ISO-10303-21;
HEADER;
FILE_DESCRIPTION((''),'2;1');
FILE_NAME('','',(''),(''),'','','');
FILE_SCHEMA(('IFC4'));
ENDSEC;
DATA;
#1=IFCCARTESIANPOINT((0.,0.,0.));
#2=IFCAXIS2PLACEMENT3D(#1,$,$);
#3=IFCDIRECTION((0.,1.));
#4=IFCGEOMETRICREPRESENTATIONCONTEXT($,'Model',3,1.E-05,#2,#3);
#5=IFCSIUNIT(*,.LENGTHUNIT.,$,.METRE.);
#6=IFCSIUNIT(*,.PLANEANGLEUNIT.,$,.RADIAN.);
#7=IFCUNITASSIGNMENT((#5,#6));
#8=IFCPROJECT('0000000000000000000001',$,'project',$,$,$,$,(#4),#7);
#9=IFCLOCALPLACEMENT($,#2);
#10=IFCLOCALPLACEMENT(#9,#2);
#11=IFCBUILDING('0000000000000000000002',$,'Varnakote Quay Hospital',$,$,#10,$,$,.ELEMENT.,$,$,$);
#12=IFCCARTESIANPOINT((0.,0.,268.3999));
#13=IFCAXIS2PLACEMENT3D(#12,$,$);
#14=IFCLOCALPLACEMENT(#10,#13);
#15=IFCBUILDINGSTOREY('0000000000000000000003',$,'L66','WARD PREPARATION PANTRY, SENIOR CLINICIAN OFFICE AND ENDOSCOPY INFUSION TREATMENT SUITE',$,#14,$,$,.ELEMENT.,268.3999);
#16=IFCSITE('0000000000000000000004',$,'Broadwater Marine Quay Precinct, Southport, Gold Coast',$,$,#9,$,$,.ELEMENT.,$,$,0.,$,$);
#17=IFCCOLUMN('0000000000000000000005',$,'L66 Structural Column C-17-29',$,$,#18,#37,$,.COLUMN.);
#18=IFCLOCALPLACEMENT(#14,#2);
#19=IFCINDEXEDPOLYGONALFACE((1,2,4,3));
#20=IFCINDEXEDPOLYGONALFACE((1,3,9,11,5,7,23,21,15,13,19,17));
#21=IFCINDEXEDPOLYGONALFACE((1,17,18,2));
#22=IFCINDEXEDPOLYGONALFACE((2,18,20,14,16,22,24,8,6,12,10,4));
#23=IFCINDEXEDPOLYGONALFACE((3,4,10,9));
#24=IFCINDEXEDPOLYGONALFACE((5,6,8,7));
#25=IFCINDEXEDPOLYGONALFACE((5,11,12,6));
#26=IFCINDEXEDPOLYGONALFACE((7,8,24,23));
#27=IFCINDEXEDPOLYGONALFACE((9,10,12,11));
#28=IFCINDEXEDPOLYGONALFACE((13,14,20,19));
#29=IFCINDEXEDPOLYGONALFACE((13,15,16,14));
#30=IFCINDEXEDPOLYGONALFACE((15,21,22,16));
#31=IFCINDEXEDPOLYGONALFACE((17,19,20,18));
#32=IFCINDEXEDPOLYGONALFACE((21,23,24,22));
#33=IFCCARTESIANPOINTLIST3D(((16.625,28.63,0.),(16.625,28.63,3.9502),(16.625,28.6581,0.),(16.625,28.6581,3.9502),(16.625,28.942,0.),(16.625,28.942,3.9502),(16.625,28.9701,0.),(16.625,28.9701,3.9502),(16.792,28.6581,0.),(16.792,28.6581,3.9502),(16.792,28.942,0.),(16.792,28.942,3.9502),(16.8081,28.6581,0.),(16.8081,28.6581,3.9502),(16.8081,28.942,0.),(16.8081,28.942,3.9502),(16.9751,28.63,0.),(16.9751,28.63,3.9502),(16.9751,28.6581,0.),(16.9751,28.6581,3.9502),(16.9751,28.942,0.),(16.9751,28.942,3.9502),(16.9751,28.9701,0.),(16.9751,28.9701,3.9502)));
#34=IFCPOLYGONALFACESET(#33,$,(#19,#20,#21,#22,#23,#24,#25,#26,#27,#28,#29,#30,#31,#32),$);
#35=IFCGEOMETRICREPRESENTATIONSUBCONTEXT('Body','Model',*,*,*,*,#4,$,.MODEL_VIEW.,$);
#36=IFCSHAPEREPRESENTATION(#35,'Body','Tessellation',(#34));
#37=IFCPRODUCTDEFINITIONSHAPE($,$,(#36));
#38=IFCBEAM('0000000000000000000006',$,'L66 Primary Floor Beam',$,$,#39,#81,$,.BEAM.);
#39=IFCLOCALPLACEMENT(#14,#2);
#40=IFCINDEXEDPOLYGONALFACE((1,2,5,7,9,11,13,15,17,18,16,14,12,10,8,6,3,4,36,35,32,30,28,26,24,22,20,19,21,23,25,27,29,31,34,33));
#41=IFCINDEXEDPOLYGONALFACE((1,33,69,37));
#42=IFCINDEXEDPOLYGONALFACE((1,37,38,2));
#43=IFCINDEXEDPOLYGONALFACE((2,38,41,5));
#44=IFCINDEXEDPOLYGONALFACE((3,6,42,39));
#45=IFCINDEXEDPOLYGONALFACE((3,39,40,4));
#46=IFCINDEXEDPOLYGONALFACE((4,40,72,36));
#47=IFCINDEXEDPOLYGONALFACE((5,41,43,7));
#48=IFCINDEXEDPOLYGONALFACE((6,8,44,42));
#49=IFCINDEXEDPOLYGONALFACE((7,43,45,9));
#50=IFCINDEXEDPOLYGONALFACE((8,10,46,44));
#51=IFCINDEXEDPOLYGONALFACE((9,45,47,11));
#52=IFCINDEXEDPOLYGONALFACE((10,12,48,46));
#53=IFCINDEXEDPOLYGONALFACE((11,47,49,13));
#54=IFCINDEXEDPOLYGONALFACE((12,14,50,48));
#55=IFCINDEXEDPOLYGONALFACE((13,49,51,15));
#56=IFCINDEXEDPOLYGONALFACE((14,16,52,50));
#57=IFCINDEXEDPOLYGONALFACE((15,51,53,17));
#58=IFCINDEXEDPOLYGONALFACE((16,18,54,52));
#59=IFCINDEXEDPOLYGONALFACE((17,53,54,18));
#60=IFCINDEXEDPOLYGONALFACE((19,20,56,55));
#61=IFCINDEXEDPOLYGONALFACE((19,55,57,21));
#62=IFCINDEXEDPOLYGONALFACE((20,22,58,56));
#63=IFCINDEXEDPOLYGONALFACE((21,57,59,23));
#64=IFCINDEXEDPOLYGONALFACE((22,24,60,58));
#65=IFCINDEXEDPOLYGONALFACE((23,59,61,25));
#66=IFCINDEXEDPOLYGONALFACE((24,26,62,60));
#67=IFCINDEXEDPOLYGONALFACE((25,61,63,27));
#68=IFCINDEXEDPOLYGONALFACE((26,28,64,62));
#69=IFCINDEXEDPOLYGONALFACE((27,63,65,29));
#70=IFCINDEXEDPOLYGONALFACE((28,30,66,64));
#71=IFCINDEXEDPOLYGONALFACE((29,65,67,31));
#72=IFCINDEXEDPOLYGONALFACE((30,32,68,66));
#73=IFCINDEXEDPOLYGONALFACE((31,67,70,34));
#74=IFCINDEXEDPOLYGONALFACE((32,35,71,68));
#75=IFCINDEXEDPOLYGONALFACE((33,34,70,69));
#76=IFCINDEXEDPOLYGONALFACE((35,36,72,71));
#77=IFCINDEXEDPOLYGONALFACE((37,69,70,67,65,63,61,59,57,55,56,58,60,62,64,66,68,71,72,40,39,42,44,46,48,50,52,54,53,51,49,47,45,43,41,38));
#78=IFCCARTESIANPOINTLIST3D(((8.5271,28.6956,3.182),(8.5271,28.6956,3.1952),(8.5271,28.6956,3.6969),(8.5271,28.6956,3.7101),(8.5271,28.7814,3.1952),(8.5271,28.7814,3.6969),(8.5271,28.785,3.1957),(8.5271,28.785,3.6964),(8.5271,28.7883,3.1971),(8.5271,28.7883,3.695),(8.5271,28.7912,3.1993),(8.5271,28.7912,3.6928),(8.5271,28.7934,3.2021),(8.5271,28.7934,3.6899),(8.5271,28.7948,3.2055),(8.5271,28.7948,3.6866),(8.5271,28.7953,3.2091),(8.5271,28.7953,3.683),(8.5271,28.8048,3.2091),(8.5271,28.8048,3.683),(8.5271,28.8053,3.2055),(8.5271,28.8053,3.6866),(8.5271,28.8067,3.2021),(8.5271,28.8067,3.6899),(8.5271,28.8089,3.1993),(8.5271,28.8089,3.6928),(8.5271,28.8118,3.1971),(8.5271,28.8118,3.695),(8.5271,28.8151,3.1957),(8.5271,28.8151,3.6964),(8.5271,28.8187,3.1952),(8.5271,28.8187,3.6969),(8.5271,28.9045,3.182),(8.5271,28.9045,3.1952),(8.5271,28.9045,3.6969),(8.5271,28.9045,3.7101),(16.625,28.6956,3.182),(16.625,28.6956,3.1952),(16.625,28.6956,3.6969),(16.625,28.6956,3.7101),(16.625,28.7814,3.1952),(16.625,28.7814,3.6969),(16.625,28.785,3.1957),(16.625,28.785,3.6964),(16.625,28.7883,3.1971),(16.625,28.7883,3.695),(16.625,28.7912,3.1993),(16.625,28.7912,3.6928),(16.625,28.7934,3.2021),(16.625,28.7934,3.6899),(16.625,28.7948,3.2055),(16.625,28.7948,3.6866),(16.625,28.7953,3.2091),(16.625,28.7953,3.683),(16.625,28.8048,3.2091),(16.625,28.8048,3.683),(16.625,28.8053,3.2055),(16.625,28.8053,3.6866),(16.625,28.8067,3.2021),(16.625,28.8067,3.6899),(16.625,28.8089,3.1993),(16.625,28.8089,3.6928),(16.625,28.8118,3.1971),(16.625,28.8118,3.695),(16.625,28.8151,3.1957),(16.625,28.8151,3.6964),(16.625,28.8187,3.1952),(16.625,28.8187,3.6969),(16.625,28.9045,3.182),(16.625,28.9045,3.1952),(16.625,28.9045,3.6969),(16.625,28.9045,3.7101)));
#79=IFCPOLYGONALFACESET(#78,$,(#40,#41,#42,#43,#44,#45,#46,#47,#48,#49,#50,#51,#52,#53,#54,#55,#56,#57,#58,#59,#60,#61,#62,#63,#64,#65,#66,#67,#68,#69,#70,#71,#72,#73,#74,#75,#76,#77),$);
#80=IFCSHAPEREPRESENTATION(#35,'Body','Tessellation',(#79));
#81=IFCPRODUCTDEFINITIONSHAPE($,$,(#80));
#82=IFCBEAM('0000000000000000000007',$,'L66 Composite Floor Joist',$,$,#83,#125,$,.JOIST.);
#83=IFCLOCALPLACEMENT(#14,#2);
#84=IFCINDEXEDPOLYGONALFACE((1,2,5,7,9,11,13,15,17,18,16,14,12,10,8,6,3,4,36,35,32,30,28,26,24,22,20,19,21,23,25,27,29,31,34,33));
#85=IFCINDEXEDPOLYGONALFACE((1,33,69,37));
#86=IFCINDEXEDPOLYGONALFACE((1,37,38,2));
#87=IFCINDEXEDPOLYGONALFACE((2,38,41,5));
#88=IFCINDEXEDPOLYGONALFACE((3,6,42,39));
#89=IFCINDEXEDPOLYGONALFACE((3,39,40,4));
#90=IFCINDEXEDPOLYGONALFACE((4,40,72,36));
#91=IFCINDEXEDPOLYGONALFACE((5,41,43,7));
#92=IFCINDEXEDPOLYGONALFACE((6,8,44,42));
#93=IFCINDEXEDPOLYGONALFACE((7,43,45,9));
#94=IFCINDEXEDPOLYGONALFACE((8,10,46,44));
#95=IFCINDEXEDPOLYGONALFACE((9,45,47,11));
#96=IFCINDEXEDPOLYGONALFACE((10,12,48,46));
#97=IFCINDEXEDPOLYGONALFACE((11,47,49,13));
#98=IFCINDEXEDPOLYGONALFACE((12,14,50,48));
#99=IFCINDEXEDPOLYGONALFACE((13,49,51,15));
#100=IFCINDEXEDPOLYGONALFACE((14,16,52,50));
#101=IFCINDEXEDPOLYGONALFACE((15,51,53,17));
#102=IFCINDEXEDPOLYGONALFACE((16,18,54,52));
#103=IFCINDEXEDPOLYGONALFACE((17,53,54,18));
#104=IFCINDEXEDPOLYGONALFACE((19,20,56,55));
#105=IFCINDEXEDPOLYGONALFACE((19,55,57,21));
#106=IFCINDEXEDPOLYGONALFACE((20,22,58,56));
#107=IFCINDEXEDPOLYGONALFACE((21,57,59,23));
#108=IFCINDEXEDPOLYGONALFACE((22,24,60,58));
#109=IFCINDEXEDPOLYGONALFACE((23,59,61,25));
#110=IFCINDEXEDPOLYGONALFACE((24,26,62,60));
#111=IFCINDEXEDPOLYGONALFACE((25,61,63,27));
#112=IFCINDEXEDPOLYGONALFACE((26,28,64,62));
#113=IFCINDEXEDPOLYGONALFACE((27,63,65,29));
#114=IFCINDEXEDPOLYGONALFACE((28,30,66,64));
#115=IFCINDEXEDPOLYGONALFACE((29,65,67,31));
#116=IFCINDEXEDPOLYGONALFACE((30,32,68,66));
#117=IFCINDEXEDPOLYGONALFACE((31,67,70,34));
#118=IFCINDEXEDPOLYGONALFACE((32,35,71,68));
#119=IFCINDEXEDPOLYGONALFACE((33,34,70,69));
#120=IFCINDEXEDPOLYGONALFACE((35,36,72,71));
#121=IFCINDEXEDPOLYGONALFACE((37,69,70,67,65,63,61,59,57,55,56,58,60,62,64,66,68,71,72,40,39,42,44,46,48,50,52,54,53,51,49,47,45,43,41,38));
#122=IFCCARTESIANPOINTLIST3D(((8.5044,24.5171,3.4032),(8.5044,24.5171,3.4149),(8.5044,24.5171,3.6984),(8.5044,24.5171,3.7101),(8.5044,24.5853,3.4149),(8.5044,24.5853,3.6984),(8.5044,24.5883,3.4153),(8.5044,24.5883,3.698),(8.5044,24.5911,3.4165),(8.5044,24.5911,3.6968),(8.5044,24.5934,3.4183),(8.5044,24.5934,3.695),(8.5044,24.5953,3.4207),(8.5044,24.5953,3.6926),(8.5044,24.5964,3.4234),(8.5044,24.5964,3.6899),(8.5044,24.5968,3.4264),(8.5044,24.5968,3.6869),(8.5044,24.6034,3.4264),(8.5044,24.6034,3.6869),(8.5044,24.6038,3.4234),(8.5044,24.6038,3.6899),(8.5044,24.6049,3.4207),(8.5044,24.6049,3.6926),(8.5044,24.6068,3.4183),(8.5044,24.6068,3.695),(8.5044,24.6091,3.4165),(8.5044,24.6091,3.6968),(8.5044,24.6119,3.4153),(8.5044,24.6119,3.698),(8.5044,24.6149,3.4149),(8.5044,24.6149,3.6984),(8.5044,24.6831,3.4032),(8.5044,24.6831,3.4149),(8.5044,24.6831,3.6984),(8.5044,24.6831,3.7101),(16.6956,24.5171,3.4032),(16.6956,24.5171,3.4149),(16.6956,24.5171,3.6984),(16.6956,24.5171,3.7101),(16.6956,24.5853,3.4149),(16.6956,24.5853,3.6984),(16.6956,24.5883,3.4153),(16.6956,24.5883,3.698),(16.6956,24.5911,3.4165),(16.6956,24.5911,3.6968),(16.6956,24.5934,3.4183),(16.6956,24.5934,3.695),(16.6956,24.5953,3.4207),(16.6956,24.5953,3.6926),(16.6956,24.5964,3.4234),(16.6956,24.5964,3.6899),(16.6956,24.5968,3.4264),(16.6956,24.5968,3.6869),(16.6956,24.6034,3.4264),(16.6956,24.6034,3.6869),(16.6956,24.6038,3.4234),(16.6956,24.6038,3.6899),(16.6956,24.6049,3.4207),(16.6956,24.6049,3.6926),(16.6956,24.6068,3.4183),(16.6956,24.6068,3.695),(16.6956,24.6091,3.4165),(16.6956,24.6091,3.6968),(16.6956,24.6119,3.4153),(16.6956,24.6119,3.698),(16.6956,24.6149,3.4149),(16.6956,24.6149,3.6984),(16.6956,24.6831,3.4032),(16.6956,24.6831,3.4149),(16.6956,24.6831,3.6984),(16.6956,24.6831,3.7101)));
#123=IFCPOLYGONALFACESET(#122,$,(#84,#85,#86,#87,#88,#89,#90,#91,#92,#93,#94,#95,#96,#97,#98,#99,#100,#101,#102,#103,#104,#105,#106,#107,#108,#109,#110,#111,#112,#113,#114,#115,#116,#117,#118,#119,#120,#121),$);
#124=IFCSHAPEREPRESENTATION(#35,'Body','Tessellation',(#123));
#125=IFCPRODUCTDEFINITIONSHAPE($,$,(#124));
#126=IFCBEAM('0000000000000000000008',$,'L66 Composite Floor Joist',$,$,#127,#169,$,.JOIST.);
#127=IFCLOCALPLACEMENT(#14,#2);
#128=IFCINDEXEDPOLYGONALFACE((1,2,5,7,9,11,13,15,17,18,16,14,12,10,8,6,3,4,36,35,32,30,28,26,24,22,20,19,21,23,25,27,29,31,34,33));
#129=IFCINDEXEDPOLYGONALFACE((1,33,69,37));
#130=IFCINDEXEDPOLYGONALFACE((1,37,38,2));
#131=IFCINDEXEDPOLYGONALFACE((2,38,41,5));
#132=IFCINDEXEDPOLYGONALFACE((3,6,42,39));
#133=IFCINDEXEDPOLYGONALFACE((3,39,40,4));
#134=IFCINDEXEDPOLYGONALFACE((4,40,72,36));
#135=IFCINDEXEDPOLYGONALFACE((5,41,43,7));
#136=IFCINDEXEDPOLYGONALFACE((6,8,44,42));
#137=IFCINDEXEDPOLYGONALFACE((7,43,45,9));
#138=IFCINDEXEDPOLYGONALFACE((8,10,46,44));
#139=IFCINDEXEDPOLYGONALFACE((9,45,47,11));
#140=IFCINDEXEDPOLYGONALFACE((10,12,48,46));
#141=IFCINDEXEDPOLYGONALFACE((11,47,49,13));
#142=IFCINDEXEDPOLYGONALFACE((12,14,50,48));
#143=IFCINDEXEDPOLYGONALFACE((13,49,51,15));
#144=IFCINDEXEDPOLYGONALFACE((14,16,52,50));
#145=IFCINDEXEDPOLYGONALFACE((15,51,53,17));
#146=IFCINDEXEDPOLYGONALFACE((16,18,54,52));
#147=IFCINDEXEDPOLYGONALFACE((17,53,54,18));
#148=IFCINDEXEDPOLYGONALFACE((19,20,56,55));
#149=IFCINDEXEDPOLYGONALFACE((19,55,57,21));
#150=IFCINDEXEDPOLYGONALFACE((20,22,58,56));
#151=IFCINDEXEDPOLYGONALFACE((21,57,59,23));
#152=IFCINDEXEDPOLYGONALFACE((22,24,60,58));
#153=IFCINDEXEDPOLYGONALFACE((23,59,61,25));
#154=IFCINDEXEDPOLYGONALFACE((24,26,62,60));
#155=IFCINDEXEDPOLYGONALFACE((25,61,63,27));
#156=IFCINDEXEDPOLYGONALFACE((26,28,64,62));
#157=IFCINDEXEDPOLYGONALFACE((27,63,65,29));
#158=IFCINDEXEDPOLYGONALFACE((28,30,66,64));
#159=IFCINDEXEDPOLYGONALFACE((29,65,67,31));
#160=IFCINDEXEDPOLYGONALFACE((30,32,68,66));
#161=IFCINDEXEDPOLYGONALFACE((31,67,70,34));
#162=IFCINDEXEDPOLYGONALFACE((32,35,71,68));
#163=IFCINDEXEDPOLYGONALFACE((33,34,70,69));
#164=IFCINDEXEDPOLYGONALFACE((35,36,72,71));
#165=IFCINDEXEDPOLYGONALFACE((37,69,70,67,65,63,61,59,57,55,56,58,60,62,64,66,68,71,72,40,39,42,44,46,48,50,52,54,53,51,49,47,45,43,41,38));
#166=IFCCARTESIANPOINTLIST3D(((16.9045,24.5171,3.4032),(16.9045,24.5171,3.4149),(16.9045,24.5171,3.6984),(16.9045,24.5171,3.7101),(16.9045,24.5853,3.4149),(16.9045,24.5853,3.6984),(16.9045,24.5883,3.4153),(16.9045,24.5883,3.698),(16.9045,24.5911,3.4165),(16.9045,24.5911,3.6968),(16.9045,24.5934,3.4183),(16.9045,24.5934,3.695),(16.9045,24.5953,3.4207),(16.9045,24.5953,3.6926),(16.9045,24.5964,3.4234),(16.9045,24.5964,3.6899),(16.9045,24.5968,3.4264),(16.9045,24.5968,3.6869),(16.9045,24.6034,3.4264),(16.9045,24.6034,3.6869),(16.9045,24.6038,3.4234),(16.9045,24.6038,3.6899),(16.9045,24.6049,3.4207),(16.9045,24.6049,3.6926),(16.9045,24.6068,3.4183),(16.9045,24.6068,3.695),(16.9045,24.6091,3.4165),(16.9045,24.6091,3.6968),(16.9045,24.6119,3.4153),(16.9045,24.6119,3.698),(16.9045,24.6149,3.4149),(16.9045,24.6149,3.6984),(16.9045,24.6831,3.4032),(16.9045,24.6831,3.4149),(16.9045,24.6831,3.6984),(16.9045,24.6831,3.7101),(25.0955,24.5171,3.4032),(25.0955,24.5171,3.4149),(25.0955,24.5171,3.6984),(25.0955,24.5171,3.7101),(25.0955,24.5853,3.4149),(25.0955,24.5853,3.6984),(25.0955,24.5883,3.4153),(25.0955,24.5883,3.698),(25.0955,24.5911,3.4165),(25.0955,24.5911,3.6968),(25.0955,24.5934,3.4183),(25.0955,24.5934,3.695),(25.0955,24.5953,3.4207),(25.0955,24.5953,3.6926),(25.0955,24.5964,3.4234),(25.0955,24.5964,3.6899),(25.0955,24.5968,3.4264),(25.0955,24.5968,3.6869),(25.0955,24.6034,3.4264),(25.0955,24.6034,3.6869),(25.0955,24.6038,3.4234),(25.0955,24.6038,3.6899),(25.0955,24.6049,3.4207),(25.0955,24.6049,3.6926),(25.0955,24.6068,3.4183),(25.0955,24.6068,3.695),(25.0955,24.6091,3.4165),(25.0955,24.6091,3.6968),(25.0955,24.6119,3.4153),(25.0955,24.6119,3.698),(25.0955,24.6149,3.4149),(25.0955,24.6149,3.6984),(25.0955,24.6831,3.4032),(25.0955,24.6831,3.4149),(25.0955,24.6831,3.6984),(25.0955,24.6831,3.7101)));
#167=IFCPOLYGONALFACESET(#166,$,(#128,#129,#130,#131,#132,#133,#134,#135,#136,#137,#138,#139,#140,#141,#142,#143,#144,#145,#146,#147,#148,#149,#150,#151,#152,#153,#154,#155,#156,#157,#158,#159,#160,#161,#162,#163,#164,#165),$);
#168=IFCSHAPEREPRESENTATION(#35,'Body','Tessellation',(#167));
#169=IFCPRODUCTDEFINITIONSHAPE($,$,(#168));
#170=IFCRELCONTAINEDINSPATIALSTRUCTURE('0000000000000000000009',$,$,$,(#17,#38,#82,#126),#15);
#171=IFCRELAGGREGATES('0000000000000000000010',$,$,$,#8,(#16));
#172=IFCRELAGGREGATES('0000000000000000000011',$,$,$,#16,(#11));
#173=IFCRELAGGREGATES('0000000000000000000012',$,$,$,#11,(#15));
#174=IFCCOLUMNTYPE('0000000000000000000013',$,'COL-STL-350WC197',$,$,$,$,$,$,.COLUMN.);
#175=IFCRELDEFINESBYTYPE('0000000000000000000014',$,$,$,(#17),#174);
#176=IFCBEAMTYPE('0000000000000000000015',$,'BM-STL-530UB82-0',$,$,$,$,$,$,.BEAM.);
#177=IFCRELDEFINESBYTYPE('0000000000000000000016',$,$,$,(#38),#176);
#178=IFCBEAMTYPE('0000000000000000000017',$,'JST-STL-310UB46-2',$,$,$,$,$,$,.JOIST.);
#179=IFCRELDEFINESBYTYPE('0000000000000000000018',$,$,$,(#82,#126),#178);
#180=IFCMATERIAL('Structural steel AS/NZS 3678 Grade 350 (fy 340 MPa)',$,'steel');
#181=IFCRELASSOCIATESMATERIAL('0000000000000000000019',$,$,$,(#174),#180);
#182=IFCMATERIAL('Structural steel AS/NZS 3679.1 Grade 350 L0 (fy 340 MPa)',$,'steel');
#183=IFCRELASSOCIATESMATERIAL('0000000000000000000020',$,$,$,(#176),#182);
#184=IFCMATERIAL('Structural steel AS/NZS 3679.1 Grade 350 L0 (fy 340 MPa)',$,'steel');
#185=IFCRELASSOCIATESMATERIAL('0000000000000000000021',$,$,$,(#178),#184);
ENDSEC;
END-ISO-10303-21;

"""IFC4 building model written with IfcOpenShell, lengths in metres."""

from ifc_helpers import new_model, si_unit, direction, frame, origin, origin_2d, place, context, subcontext, project, spatial, i_section, extrude, material, material_profile, profile_set, type_object, element, save


model = new_model("IFC4")

# Units and contexts
model_context = context("Model", 3, precision=1e-05, world=origin(), true_north=direction((0.0, 1.0)))
body_context = subcontext(model_context, "Body", "Model", "MODEL_VIEW")
ifc_project = project(units=[si_unit("LENGTHUNIT", "METRE"), si_unit("PLANEANGLEUNIT", "RADIAN")], contexts=[model_context])

# Site, building, storey
site_placement = place(None, origin())
site = spatial("IfcSite", under=ifc_project, at=site_placement, Name="Broadwater Marine Quay Precinct, Southport, Gold Coast", CompositionType="ELEMENT", RefElevation=0.0)
building_placement = place(site_placement, origin())
building = spatial("IfcBuilding", under=site, at=building_placement, Name="Varnakote Quay Hospital", CompositionType="ELEMENT")
storey_placement = place(building_placement, frame((0.0, 0.0, 268.3999)))
storey = spatial("IfcBuildingStorey", under=building, at=storey_placement, Name="L66", Description="WARD PREPARATION PANTRY, SENIOR CLINICIAN OFFICE AND ENDOSCOPY INFUSION TREATMENT SUITE", CompositionType="ELEMENT", Elevation=268.3999)

# Column
ifc_material_1 = material(Name="Structural steel AS/NZS 3678 Grade 350 (fy 340 MPa)", Category="steel")
ifc_material_profile_1 = material_profile(ifc_material_1, i_section(OverallWidth=0.3501, OverallDepth=0.3401, WebThickness=0.0161, FlangeThickness=0.0281, at=origin_2d()), Name="350WC197")
ifc_profile_set_1 = profile_set([ifc_material_profile_1], Name="Structural steel AS/NZS 3678 Grade 350 (fy 340 MPa)")
column_type = type_object("IfcColumnType", Name="COL-STL-350WC197", PredefinedType="COLUMN", material=ifc_profile_set_1)
column_placement = place(storey_placement, frame((16.8, 28.8, 0.0), z_axis=(0.0, 0.0, 1.0), x_axis=(1.0, 0.0, 0.0)))
element("IfcColumn", 1, at=column_placement, inside=storey, type_object=column_type, Name="L66 Structural Column C-17-29", PredefinedType="COLUMN", context=body_context, shape_type="SweptSolid", body=[
    extrude(i_section(OverallWidth=0.3501, OverallDepth=0.3401, WebThickness=0.0161, FlangeThickness=0.0281, at=origin_2d()), origin(), (0.0, 0.0, 1.0), 3.9502),
])

# Beams
ifc_material_2 = material(Name="Structural steel AS/NZS 3679.1 Grade 350 L0 (fy 340 MPa)", Category="steel")
ifc_material_profile_2 = material_profile(ifc_material_2, i_section(OverallWidth=0.209, OverallDepth=0.5281, WebThickness=0.0095, FlangeThickness=0.0132, FilletRadius=0.0139, at=origin_2d()), Name="530UB82.0")
ifc_profile_set_2 = profile_set([ifc_material_profile_2], Name="Structural steel AS/NZS 3679.1 Grade 350 L0 (fy 340 MPa)")
beam_type_1 = type_object("IfcBeamType", Name="BM-STL-530UB82-0", PredefinedType="BEAM", material=ifc_profile_set_2)
beam_1_placement = place(storey_placement, frame((8.5271, 28.8, 3.446), z_axis=(1.0, 0.0, 0.0), x_axis=(0.0, 1.0, 0.0)))
element("IfcBeam", 2, at=beam_1_placement, inside=storey, type_object=beam_type_1, Name="L66 Primary Floor Beam", PredefinedType="BEAM", context=body_context, shape_type="SweptSolid", body=[
    extrude(i_section(OverallWidth=0.209, OverallDepth=0.5281, WebThickness=0.0095, FlangeThickness=0.0132, FilletRadius=0.0139, at=origin_2d()), origin(), (0.0, 0.0, 1.0), 8.0979),
])
ifc_material_3 = material(Name="Structural steel AS/NZS 3679.1 Grade 350 L0 (fy 340 MPa)", Category="steel")
ifc_material_profile_3 = material_profile(ifc_material_3, i_section(OverallWidth=0.166, OverallDepth=0.3069, WebThickness=0.0066, FlangeThickness=0.0117, FilletRadius=0.0115, at=origin_2d()), Name="310UB46.2")
ifc_profile_set_3 = profile_set([ifc_material_profile_3], Name="Structural steel AS/NZS 3679.1 Grade 350 L0 (fy 340 MPa)")
beam_type_2 = type_object("IfcBeamType", Name="JST-STL-310UB46-2", PredefinedType="JOIST", material=ifc_profile_set_3)
beam_2_placement = place(storey_placement, frame((8.5044, 24.6001, 3.5566), z_axis=(1.0, 0.0, 0.0), x_axis=(0.0, 1.0, 0.0)))
element("IfcBeam", 3, at=beam_2_placement, inside=storey, type_object=beam_type_2, Name="L66 Composite Floor Joist", PredefinedType="JOIST", context=body_context, shape_type="SweptSolid", body=[
    extrude(i_section(OverallWidth=0.166, OverallDepth=0.3069, WebThickness=0.0066, FlangeThickness=0.0117, FilletRadius=0.0115, at=origin_2d()), origin(), (0.0, 0.0, 1.0), 8.1912),
])
beam_3_placement = place(storey_placement, frame((16.9045, 24.6001, 3.5566), z_axis=(1.0, 0.0, 0.0), x_axis=(0.0, 1.0, 0.0)))
element("IfcBeam", 4, at=beam_3_placement, inside=storey, type_object=beam_type_2, Name="L66 Composite Floor Joist", PredefinedType="JOIST", context=body_context, shape_type="SweptSolid", body=[
    extrude(i_section(OverallWidth=0.166, OverallDepth=0.3069, WebThickness=0.0066, FlangeThickness=0.0117, FilletRadius=0.0115, at=origin_2d()), origin(), (0.0, 0.0, 1.0), 8.1909),
])

save(model, "model.ifc")
